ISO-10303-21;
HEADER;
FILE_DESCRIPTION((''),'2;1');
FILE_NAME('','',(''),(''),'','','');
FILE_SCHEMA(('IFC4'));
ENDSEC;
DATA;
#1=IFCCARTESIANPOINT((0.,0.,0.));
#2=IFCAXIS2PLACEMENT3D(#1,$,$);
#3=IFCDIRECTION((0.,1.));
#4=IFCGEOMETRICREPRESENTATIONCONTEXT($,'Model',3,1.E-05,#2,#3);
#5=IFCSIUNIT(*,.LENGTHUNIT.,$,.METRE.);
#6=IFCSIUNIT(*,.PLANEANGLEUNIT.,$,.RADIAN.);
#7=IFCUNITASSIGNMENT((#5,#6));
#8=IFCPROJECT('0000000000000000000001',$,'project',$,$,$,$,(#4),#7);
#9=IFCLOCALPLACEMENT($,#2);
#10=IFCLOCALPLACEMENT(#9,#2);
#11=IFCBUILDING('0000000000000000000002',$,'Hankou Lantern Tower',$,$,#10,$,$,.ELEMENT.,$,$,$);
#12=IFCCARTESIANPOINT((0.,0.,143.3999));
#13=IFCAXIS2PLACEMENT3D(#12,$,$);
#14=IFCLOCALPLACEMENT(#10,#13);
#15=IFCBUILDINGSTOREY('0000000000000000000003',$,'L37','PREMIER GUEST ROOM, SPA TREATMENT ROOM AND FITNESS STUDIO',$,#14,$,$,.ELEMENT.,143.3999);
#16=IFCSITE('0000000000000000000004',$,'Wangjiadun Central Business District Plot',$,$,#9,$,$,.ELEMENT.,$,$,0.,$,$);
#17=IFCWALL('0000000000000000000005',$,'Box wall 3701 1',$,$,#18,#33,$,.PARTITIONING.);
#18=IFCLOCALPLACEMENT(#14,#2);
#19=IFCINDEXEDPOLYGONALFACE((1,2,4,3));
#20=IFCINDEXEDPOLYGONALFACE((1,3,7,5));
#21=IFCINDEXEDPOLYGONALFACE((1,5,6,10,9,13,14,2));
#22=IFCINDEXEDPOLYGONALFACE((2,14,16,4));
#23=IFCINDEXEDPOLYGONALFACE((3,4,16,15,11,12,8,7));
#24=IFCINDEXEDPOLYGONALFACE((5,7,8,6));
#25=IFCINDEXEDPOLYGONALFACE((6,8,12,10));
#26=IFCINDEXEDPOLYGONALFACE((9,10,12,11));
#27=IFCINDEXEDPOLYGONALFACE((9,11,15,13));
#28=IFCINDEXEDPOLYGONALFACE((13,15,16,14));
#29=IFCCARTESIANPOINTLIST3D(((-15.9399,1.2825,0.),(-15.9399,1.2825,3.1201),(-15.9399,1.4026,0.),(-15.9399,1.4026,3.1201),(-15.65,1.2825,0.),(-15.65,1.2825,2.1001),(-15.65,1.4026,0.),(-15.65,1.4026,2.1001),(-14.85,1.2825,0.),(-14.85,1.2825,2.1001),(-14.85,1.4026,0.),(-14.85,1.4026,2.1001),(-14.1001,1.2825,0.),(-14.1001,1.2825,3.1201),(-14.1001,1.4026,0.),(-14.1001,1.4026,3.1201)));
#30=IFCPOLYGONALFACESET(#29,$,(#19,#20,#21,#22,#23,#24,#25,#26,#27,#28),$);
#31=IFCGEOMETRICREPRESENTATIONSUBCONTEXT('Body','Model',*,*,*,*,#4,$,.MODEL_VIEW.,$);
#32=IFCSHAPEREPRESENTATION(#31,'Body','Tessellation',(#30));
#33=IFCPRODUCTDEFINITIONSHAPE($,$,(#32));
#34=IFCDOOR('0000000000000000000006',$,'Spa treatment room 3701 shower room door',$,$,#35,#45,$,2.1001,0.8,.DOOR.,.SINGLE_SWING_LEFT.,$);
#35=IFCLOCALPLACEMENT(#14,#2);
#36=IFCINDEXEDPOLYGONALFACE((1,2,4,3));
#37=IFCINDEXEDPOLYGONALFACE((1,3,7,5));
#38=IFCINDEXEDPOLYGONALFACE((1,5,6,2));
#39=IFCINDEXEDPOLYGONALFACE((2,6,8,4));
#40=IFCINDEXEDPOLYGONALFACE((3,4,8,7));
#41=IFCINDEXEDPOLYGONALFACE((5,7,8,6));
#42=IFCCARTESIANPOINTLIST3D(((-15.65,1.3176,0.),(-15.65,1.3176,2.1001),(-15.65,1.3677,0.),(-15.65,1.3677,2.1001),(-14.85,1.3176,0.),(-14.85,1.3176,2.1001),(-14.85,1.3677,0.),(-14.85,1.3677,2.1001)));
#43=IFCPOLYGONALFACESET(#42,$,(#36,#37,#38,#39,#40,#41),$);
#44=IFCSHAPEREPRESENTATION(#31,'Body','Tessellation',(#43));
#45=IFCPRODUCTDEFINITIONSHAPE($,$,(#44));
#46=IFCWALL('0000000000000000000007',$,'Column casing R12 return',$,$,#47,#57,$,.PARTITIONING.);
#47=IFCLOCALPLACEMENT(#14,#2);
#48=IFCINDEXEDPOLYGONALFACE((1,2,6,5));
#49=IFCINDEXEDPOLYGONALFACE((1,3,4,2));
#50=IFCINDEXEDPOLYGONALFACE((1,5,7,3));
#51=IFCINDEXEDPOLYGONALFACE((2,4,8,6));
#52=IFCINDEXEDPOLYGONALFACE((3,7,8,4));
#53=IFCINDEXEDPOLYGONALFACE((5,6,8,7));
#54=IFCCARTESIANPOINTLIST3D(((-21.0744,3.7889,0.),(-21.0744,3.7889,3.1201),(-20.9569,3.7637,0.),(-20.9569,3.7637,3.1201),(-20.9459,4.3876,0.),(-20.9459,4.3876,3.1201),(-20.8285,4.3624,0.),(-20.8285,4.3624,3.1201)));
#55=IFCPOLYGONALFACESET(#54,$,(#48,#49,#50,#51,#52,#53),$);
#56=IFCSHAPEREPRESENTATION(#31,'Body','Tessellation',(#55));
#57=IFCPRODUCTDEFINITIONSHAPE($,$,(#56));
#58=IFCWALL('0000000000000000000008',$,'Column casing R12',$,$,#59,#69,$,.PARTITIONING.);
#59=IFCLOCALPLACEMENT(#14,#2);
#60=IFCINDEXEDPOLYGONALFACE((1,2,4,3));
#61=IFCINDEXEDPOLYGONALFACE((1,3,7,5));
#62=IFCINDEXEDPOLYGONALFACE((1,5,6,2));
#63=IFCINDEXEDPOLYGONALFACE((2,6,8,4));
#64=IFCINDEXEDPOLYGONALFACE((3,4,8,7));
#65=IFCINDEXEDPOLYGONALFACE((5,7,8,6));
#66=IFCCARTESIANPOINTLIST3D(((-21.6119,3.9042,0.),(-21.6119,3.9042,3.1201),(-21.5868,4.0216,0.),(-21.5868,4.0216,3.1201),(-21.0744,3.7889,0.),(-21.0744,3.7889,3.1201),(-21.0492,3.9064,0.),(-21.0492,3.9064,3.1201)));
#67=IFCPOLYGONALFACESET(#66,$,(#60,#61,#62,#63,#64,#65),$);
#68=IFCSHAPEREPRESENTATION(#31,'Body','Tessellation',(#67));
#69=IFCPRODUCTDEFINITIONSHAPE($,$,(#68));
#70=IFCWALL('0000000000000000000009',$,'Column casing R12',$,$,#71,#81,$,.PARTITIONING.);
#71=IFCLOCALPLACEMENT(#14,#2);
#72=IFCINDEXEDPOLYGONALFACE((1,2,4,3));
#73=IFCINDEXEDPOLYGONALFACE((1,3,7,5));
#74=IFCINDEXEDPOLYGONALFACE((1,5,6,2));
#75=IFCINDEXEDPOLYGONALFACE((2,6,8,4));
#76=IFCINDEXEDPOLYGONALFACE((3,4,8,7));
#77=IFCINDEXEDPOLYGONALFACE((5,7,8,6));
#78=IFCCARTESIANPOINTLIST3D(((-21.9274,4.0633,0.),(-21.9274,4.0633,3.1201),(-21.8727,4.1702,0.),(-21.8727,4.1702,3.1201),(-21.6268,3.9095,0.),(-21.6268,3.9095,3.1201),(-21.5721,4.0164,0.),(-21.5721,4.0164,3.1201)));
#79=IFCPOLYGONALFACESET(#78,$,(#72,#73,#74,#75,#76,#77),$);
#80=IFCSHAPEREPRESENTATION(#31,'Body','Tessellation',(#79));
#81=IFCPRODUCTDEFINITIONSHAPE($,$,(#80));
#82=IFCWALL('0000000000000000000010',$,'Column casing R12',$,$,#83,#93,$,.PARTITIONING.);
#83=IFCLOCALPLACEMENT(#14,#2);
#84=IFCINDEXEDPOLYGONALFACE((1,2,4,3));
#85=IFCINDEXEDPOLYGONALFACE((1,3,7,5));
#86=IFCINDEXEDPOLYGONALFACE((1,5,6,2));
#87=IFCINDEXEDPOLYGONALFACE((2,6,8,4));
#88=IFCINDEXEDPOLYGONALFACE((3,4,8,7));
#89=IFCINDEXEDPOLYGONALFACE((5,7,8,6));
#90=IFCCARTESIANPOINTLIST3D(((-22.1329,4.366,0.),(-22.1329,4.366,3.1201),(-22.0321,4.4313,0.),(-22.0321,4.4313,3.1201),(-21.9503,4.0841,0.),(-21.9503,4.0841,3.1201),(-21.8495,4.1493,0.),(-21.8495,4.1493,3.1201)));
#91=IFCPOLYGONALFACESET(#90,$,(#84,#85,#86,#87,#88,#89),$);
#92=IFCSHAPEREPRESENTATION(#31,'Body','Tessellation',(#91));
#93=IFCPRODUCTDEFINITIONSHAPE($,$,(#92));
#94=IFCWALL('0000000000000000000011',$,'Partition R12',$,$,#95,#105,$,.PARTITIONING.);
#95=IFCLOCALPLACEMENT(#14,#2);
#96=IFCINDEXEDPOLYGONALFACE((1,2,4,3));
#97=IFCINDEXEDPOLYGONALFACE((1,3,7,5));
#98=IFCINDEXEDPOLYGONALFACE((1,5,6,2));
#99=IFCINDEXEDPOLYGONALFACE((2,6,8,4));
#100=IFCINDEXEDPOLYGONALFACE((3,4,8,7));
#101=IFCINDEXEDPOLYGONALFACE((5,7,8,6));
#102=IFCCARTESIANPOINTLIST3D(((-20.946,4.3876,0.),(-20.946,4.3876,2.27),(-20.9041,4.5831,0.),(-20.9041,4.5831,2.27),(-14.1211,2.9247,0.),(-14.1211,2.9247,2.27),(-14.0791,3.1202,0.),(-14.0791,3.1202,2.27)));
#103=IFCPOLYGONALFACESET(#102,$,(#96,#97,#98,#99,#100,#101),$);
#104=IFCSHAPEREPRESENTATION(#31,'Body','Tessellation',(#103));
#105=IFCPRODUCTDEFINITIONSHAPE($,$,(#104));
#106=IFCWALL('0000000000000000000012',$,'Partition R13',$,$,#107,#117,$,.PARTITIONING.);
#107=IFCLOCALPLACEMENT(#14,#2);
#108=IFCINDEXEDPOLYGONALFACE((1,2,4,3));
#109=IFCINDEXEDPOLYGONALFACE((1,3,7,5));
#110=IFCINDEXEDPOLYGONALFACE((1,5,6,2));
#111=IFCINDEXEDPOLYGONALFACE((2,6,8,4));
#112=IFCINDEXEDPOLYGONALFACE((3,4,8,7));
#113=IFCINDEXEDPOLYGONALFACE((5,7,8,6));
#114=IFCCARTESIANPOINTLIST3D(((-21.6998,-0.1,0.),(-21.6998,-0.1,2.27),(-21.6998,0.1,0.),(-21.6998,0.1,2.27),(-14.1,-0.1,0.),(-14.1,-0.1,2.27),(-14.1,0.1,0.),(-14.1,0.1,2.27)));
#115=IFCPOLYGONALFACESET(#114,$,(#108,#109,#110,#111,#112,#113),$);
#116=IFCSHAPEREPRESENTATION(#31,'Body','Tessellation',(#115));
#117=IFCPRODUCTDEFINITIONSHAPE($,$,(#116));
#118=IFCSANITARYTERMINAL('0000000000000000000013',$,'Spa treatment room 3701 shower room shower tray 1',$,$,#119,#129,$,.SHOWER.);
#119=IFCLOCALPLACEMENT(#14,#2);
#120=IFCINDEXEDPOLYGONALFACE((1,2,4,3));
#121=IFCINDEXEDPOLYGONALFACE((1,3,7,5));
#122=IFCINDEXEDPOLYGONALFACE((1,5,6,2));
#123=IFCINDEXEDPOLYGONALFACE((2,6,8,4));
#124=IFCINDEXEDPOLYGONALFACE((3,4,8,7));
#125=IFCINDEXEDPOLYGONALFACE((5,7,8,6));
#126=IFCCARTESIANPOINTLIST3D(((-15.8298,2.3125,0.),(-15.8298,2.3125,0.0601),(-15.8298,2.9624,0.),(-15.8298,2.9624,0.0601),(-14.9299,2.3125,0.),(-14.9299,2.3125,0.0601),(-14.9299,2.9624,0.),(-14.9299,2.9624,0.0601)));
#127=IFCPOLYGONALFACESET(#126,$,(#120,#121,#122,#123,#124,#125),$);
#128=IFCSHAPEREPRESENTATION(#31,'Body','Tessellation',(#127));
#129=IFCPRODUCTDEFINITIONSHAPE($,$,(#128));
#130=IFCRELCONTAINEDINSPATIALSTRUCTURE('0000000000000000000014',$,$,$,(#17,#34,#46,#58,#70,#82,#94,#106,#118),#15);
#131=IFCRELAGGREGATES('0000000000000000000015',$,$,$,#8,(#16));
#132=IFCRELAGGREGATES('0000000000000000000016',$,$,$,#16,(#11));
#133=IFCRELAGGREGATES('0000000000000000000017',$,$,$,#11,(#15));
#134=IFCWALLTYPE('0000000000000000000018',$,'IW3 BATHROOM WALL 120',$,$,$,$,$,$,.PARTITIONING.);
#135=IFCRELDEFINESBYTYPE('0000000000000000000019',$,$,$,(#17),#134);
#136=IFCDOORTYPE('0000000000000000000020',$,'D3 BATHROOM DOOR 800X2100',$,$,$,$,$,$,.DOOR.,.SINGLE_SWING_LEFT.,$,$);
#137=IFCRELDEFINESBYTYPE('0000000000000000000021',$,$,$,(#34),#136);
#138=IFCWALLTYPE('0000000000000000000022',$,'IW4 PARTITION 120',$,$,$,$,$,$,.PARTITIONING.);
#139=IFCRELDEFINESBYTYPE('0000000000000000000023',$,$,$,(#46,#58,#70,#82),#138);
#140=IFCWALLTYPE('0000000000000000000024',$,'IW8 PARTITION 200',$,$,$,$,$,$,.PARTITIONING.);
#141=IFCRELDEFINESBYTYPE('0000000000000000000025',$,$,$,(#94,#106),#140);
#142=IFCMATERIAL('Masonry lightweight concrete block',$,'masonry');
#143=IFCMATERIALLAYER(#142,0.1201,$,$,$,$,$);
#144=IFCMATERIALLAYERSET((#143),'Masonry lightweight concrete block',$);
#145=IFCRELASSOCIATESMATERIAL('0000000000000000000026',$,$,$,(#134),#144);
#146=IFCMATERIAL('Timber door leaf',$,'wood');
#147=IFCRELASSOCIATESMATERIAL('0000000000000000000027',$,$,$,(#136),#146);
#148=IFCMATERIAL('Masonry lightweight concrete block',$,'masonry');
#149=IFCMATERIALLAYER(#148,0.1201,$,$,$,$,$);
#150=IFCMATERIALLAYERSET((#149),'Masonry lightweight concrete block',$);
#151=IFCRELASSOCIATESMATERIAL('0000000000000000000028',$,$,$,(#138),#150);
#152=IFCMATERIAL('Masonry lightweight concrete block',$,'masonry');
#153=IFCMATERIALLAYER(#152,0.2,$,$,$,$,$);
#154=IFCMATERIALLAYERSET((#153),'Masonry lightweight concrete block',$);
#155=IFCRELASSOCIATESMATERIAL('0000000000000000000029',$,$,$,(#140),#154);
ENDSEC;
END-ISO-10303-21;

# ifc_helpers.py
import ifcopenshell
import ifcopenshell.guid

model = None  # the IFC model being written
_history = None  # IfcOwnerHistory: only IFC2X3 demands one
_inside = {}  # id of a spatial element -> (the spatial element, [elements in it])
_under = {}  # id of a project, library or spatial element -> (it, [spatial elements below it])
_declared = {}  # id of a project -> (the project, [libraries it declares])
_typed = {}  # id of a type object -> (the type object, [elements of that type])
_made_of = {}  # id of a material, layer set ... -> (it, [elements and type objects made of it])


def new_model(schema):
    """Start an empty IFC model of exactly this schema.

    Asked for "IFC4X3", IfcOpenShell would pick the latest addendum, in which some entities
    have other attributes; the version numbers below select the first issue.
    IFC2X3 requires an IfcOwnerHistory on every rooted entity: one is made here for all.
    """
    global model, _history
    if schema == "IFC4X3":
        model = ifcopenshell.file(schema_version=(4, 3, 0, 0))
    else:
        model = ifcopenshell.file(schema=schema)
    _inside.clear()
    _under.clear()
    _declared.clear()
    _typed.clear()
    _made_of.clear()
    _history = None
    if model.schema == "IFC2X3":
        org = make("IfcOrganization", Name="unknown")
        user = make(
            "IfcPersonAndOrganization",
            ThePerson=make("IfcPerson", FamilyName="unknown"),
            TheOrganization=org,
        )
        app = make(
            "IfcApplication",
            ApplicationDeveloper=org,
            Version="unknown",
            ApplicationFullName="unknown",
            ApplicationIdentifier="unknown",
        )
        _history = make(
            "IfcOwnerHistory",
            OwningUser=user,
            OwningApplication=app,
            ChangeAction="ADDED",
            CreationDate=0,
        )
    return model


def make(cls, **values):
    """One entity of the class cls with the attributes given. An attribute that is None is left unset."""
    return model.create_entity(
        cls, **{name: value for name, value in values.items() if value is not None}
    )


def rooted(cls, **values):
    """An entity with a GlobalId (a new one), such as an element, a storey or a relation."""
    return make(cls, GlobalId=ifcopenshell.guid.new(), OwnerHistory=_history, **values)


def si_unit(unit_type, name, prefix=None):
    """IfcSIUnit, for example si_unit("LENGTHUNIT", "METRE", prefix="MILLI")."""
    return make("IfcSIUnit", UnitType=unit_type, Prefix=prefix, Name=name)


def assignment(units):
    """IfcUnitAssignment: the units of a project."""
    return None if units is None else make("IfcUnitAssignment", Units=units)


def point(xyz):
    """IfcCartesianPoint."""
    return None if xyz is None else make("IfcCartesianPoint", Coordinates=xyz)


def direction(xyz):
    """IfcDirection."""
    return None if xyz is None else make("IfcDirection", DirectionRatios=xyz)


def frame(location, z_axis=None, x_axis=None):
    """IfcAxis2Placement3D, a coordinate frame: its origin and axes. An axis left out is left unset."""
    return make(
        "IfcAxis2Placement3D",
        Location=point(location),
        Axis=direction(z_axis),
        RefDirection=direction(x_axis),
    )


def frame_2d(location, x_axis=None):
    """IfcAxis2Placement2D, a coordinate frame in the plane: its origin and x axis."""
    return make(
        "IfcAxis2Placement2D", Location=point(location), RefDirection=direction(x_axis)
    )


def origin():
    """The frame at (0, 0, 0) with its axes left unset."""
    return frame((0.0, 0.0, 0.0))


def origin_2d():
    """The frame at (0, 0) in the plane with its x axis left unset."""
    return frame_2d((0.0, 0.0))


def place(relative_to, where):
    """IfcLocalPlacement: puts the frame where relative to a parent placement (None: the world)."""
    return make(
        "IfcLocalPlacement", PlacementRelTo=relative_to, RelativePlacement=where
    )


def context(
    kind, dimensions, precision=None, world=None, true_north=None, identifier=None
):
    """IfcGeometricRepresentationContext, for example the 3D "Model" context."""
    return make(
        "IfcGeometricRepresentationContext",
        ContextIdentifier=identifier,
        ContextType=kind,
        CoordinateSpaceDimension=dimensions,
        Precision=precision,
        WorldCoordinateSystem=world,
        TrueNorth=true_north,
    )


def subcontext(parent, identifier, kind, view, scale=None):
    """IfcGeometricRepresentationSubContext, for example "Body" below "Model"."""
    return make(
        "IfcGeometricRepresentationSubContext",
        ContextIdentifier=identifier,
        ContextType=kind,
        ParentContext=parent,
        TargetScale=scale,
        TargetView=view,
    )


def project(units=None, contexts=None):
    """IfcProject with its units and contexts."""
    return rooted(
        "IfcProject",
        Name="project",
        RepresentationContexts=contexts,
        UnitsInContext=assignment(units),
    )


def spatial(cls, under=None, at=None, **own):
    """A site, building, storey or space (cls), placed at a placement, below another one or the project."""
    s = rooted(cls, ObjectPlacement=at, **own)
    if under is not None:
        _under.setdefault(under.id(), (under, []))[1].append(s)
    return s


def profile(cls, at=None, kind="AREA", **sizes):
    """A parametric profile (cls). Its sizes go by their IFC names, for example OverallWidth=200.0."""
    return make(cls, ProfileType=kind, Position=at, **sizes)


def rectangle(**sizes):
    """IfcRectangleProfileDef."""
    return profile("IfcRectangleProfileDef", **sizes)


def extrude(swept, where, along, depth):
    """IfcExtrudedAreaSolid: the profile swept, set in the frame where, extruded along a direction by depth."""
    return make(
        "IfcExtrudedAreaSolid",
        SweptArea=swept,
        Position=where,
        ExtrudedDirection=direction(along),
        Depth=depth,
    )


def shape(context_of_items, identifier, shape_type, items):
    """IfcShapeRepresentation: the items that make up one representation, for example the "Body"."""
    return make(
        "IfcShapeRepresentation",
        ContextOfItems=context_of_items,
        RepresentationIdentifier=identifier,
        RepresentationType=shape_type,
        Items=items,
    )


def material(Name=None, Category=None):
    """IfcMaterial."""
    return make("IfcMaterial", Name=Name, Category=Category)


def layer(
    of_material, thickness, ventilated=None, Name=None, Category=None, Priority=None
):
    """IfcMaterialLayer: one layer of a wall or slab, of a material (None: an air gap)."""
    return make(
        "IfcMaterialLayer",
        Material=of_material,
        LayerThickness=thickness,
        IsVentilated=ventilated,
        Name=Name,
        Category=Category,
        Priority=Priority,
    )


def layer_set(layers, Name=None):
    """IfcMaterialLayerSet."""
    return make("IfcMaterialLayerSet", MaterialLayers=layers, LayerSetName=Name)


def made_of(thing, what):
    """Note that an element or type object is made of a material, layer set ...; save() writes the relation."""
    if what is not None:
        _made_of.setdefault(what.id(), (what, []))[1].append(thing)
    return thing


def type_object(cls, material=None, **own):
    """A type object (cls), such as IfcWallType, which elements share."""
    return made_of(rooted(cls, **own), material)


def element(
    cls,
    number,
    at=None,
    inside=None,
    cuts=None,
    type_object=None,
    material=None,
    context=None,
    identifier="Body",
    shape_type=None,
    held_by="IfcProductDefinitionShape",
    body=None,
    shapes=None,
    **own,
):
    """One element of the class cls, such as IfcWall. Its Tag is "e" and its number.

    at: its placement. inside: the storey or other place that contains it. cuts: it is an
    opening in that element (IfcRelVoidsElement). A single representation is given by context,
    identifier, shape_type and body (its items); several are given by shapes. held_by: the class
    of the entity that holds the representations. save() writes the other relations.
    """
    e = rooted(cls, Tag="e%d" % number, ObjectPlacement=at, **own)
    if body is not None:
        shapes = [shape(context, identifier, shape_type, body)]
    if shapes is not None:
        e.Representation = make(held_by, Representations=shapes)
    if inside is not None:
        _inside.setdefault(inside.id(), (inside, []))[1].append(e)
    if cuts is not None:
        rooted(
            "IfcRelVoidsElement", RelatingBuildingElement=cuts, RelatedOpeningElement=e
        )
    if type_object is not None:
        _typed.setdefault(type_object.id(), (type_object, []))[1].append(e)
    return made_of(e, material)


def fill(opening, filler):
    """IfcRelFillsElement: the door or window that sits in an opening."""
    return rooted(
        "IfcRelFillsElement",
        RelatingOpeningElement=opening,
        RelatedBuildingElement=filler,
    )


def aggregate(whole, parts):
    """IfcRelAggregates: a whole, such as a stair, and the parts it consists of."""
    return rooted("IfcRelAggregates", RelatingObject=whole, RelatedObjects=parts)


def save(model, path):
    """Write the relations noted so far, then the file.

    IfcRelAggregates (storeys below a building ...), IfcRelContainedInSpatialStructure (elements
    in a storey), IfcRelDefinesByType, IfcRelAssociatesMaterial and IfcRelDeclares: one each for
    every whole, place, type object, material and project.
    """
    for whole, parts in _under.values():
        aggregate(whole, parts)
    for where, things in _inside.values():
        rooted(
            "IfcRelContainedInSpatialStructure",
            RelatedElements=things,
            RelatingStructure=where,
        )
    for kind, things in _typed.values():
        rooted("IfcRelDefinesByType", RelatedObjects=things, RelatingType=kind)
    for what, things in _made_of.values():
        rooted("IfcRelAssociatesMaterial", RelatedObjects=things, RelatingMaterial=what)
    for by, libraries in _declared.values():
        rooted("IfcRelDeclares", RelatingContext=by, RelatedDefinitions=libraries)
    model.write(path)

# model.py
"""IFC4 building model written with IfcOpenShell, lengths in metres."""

from ifc_helpers import new_model, si_unit, direction, frame, frame_2d, origin, origin_2d, place, context, subcontext, project, spatial, rectangle, extrude, material, layer, layer_set, type_object, element, fill, save


model = new_model("IFC4")

# Units and contexts
model_context = context("Model", 3, precision=1e-05, world=origin(), true_north=direction((0.0, 1.0)))
body_context = subcontext(model_context, "Body", "Model", "MODEL_VIEW")
ifc_project = project(units=[si_unit("LENGTHUNIT", "METRE"), si_unit("PLANEANGLEUNIT", "RADIAN")], contexts=[model_context])

# Site, building, storey
site_placement = place(None, origin())
site = spatial("IfcSite", under=ifc_project, at=site_placement, Name="Wangjiadun Central Business District Plot", CompositionType="ELEMENT", RefElevation=0.0)
building_placement = place(site_placement, origin())
building = spatial("IfcBuilding", under=site, at=building_placement, Name="Hankou Lantern Tower", CompositionType="ELEMENT")
storey_placement = place(building_placement, frame((0.0, 0.0, 143.3999)))
storey = spatial("IfcBuildingStorey", under=building, at=storey_placement, Name="L37", Description="PREMIER GUEST ROOM, SPA TREATMENT ROOM AND FITNESS STUDIO", CompositionType="ELEMENT", Elevation=143.3999)

# Shared definitions
ifc_material_1 = material(Name="Masonry lightweight concrete block", Category="masonry")
ifc_layer_1 = layer(ifc_material_1, 0.1201)
ifc_layer_set_1 = layer_set([ifc_layer_1], Name="Masonry lightweight concrete block")
wall_type_1 = type_object("IfcWallType", Name="IW3 BATHROOM WALL 120", PredefinedType="PARTITIONING", material=ifc_layer_set_1)

# Wall, opening, door
wall_1_placement = place(storey_placement, frame((-14.1001, 1.3425, 0.0), z_axis=(0.0, 0.0, 1.0), x_axis=(-1.0, 0.0, 0.0)))
wall_1 = element("IfcWall", 1, at=wall_1_placement, inside=storey, type_object=wall_type_1, Name="Box wall 3701 1", PredefinedType="PARTITIONING", context=body_context, shape_type="SweptSolid", body=[
    extrude(rectangle(XDim=1.8398, YDim=0.1201, at=frame_2d((0.9199, 0.0))), origin(), (0.0, 0.0, 1.0), 3.1201),
])
opening_1_placement = place(wall_1_placement, frame((0.75, 0.0, 0.0)))
opening_1 = element("IfcOpeningElement", 2, at=opening_1_placement, cuts=wall_1, PredefinedType="OPENING", context=body_context, shape_type="SweptSolid", body=[
    extrude(rectangle(XDim=0.8, YDim=2.1001, at=frame_2d((0.3999, 1.05))), frame((0.0, 0.0701, 0.0), z_axis=(0.0, -1.0, 0.0), x_axis=(1.0, 0.0, 0.0)), (0.0, 0.0, 1.0), 0.1401),
])
ifc_material_2 = material(Name="Timber door leaf", Category="wood")
door_type = type_object("IfcDoorType", Name="D3 BATHROOM DOOR 800X2100", OperationType="SINGLE_SWING_LEFT", PredefinedType="DOOR", material=ifc_material_2)
door_placement = place(opening_1_placement, origin())
door = element("IfcDoor", 3, at=door_placement, inside=storey, type_object=door_type, Name="Spa treatment room 3701 shower room door", OperationType="SINGLE_SWING_LEFT", OverallHeight=2.1001, OverallWidth=0.8, PredefinedType="DOOR", context=body_context, shape_type="SweptSolid", body=[
    extrude(rectangle(XDim=0.8, YDim=2.1001, at=frame_2d((0.3999, 1.05))), frame((0.0, 0.0249, 0.0), z_axis=(0.0, -1.0, 0.0), x_axis=(1.0, 0.0, 0.0)), (0.0, 0.0, 1.0), 0.05),
])
fill(opening_1, door)

# Walls
ifc_material_3 = material(Name="Masonry lightweight concrete block", Category="masonry")
ifc_layer_2 = layer(ifc_material_3, 0.1201)
ifc_layer_set_2 = layer_set([ifc_layer_2], Name="Masonry lightweight concrete block")
wall_type_2 = type_object("IfcWallType", Name="IW4 PARTITION 120", PredefinedType="PARTITIONING", material=ifc_layer_set_2)
wall_2_placement = place(storey_placement, frame((-20.8872, 4.375, 0.0), z_axis=(0.0, 0.0, 1.0), x_axis=(-0.209747, -0.977756, 0.0)))
element("IfcWall", 4, at=wall_2_placement, inside=storey, type_object=wall_type_2, Name="Column casing R12 return", PredefinedType="PARTITIONING", context=body_context, shape_type="SweptSolid", body=[
    extrude(rectangle(XDim=0.6123, YDim=0.1201, at=frame_2d((0.3062, 0.0))), origin(), (0.0, 0.0, 1.0), 3.1201),
])
wall_3_placement = place(storey_placement, frame((-21.0618, 3.8477, 0.0), z_axis=(0.0, 0.0, 1.0), x_axis=(-0.977789, 0.20959, 0.0)))
element("IfcWall", 5, at=wall_3_placement, inside=storey, type_object=wall_type_2, Name="Column casing R12", PredefinedType="PARTITIONING", context=body_context, shape_type="SweptSolid", body=[
    extrude(rectangle(XDim=0.5498, YDim=0.1201, at=frame_2d((0.2749, 0.0))), origin(), (0.0, 0.0, 1.0), 3.1201),
])
wall_4_placement = place(storey_placement, frame((-21.5994, 3.9629, 0.0), z_axis=(0.0, 0.0, 1.0), x_axis=(-0.890194, 0.455582, 0.0)))
element("IfcWall", 6, at=wall_4_placement, inside=storey, type_object=wall_type_2, Name="Column casing R12", PredefinedType="PARTITIONING", context=body_context, shape_type="SweptSolid", body=[
    extrude(rectangle(XDim=0.3376, YDim=0.1201, at=frame_2d((0.1689, 0.0))), origin(), (0.0, 0.0, 1.0), 3.1201),
])
wall_5_placement = place(storey_placement, frame((-21.8999, 4.1167, 0.0), z_axis=(0.0, 0.0, 1.0), x_axis=(-0.543583, 0.839356, 0.0)))
element("IfcWall", 7, at=wall_5_placement, inside=storey, type_object=wall_type_2, Name="Column casing R12", PredefinedType="PARTITIONING", context=body_context, shape_type="SweptSolid", body=[
    extrude(rectangle(XDim=0.3359, YDim=0.1201, at=frame_2d((0.168, 0.0))), origin(), (0.0, 0.0, 1.0), 3.1201),
])
ifc_material_4 = material(Name="Masonry lightweight concrete block", Category="masonry")
ifc_layer_3 = layer(ifc_material_4, 0.2)
ifc_layer_set_3 = layer_set([ifc_layer_3], Name="Masonry lightweight concrete block")
wall_type_3 = type_object("IfcWallType", Name="IW8 PARTITION 200", PredefinedType="PARTITIONING", material=ifc_layer_set_3)
wall_6_placement = place(storey_placement, frame((-14.1001, 3.0225, 0.0), z_axis=(0.0, 0.0, 1.0), x_axis=(-0.977791, 0.209584, 0.0)))
element("IfcWall", 8, at=wall_6_placement, inside=storey, type_object=wall_type_3, Name="Partition R12", PredefinedType="PARTITIONING", context=body_context, shape_type="SweptSolid", body=[
    extrude(rectangle(XDim=6.98, YDim=0.2, at=frame_2d((3.49, 0.0))), origin(), (0.0, 0.0, 1.0), 2.27),
])
wall_7_placement = place(storey_placement, frame((-14.1001, 0.0, 0.0), z_axis=(0.0, 0.0, 1.0), x_axis=(-1.0, 0.0, 0.0)))
element("IfcWall", 9, at=wall_7_placement, inside=storey, type_object=wall_type_3, Name="Partition R13", PredefinedType="PARTITIONING", context=body_context, shape_type="SweptSolid", body=[
    extrude(rectangle(XDim=7.5999, YDim=0.2, at=frame_2d((3.7998, 0.0))), origin(), (0.0, 0.0, 1.0), 2.27),
])

# Sanitary terminal
sanitary_terminal_placement = place(storey_placement, frame((-15.3799, 2.6375, 0.0), z_axis=(0.0, 0.0, 1.0), x_axis=(0.0, 1.0, 0.0)))
element("IfcSanitaryTerminal", 10, at=sanitary_terminal_placement, inside=storey, Name="Spa treatment room 3701 shower room shower tray 1", PredefinedType="SHOWER", context=body_context, shape_type="SweptSolid", body=[
    extrude(rectangle(XDim=0.6499, YDim=0.8999, at=origin_2d()), origin(), (0.0, 0.0, 1.0), 0.0601),
])

save(model, "model.ifc")
